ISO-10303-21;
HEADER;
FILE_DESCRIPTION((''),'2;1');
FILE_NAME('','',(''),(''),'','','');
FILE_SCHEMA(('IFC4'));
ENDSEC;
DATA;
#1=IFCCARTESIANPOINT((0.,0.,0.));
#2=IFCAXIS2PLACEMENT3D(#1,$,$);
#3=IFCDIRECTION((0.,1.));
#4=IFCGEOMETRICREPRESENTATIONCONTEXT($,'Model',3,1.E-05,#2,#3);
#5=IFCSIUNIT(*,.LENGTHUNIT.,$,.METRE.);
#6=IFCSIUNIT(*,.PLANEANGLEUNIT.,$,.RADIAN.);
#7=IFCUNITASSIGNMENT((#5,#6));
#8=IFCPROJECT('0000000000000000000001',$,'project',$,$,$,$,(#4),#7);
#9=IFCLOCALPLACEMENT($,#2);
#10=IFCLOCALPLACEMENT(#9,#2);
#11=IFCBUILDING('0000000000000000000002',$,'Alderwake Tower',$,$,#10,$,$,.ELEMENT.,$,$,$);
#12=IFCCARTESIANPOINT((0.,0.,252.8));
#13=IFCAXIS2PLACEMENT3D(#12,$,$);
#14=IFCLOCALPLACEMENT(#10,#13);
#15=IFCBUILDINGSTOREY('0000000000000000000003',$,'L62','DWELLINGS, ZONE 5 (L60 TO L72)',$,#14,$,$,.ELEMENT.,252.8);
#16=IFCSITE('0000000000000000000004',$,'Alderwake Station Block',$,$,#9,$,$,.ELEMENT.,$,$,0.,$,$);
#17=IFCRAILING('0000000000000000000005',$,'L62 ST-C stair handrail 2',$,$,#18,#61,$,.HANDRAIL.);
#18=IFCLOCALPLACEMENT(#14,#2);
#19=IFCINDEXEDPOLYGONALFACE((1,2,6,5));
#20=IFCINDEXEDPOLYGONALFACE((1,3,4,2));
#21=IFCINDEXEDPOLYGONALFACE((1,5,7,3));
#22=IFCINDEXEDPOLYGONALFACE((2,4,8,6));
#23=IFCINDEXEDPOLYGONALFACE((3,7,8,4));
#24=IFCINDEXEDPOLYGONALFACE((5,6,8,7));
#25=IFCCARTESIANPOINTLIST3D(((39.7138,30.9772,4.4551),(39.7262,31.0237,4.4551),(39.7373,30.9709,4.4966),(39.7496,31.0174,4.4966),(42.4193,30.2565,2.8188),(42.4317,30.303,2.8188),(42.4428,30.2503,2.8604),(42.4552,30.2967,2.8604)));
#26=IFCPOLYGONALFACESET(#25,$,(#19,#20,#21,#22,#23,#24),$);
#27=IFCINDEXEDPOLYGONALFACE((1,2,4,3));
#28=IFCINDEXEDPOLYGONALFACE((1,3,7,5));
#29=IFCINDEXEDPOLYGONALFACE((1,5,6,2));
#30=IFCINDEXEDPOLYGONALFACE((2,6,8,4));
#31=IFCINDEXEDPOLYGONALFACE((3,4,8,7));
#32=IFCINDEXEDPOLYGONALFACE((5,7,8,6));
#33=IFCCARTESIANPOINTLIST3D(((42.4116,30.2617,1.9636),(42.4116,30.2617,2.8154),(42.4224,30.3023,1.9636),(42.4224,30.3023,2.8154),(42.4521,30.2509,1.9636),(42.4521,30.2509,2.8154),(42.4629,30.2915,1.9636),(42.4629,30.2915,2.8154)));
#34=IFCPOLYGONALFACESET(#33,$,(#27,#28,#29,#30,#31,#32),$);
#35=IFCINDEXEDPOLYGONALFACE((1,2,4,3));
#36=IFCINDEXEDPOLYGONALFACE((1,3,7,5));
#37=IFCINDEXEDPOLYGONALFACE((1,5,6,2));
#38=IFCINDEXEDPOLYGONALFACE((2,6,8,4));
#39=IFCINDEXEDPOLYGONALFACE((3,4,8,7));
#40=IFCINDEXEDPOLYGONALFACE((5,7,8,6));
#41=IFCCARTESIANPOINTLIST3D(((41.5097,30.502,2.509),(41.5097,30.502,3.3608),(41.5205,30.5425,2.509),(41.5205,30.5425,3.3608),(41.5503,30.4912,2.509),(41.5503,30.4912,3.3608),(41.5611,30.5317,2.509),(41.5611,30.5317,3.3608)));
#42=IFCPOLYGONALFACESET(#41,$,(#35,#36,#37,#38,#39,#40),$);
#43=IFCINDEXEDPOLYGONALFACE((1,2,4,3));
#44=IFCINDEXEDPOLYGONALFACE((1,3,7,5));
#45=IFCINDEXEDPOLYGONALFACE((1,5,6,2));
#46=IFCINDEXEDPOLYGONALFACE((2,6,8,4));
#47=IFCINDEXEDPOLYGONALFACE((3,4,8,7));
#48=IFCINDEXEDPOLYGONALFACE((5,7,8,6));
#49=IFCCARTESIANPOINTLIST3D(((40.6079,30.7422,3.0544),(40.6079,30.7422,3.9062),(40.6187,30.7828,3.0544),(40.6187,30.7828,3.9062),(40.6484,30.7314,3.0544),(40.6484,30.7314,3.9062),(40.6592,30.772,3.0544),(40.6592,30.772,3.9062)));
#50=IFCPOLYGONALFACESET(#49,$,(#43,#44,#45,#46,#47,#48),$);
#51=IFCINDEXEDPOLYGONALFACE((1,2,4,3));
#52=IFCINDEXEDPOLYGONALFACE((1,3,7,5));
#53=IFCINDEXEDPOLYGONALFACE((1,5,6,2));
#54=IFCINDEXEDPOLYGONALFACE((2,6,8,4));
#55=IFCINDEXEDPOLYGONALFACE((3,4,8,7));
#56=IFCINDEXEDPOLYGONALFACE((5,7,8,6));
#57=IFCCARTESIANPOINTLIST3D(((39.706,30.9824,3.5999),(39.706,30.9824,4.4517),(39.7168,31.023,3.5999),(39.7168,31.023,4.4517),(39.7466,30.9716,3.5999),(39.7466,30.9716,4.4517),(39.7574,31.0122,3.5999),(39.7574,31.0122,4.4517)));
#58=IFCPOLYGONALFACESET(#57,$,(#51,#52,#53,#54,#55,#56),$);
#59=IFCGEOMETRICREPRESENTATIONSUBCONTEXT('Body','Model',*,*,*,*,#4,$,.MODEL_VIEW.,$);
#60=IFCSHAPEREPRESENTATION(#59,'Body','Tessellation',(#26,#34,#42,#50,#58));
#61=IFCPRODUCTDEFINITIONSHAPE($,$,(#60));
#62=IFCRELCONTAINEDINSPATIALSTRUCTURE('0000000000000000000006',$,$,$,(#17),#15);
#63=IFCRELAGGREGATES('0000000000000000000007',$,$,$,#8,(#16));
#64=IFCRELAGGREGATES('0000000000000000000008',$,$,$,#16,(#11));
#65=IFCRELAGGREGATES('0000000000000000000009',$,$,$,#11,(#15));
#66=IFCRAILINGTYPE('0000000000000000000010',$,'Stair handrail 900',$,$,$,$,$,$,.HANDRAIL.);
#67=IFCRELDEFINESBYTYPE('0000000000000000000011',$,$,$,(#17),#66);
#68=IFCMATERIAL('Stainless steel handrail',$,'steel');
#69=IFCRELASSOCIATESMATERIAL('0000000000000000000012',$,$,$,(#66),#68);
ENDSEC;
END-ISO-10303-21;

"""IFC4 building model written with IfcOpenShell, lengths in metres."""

from ifc_helpers import new_model, si_unit, direction, frame, origin, origin_2d, place, context, subcontext, project, spatial, rectangle, extrude, material, type_object, element, save


model = new_model("IFC4")

# Units and contexts
model_context = context("Model", 3, precision=1e-05, world=origin(), true_north=direction((0.0, 1.0)))
body_context = subcontext(model_context, "Body", "Model", "MODEL_VIEW")
ifc_project = project(units=[si_unit("LENGTHUNIT", "METRE"), si_unit("PLANEANGLEUNIT", "RADIAN")], contexts=[model_context])

# Site, building, storey
site_placement = place(None, origin())
site = spatial("IfcSite", under=ifc_project, at=site_placement, Name="Alderwake Station Block", CompositionType="ELEMENT", RefElevation=0.0)
building_placement = place(site_placement, origin())
building = spatial("IfcBuilding", under=site, at=building_placement, Name="Alderwake Tower", CompositionType="ELEMENT")
storey_placement = place(building_placement, frame((0.0, 0.0, 252.8)))
storey = spatial("IfcBuildingStorey", under=building, at=storey_placement, Name="L62", Description="DWELLINGS, ZONE 5 (L60 TO L72)", CompositionType="ELEMENT", Elevation=252.8)

# Railing
ifc_material_1 = material(Name="Stainless steel handrail", Category="steel")
railing_type_1 = type_object("IfcRailingType", Name="Stair handrail 900", PredefinedType="HANDRAIL", material=ifc_material_1)
railing_1_placement = place(storey_placement, frame((42.4373, 30.2766, 1.9636)))
element("IfcRailing", 1, at=railing_1_placement, inside=storey, type_object=railing_type_1, Name="L62 ST-C stair handrail 2", PredefinedType="HANDRAIL", context=body_context, shape_type="SweptSolid", body=[
    extrude(rectangle(XDim=0.0481, YDim=0.0481, at=origin_2d()), frame((0.0, 0.0, 0.876), z_axis=(-0.834291, 0.222237, 0.504549), x_axis=(-0.257402, -0.966304, 0.0)), (0.0, 0.0, 1.0), 3.2429),
    extrude(rectangle(XDim=0.042, YDim=0.042, at=origin_2d()), frame((0.0, 0.0, 0.0), z_axis=(0.0, 0.0, 1.0), x_axis=(-0.966304, 0.257402, 0.0)), (0.0, 0.0, 1.0), 0.8518),
    extrude(rectangle(XDim=0.042, YDim=0.042, at=origin_2d()), frame((-0.9019, 0.2402, 0.5454), z_axis=(0.0, 0.0, 1.0), x_axis=(-0.966304, 0.257402, 0.0)), (0.0, 0.0, 1.0), 0.8518),
    extrude(rectangle(XDim=0.042, YDim=0.042, at=origin_2d()), frame((-1.8037, 0.4805, 1.0908), z_axis=(0.0, 0.0, 1.0), x_axis=(-0.966304, 0.257402, 0.0)), (0.0, 0.0, 1.0), 0.8518),
    extrude(rectangle(XDim=0.042, YDim=0.042, at=origin_2d()), frame((-2.7056, 0.7207, 1.6362), z_axis=(0.0, 0.0, 1.0), x_axis=(-0.966304, 0.257402, 0.0)), (0.0, 0.0, 1.0), 0.8518),
])

save(model, "model.ifc")
